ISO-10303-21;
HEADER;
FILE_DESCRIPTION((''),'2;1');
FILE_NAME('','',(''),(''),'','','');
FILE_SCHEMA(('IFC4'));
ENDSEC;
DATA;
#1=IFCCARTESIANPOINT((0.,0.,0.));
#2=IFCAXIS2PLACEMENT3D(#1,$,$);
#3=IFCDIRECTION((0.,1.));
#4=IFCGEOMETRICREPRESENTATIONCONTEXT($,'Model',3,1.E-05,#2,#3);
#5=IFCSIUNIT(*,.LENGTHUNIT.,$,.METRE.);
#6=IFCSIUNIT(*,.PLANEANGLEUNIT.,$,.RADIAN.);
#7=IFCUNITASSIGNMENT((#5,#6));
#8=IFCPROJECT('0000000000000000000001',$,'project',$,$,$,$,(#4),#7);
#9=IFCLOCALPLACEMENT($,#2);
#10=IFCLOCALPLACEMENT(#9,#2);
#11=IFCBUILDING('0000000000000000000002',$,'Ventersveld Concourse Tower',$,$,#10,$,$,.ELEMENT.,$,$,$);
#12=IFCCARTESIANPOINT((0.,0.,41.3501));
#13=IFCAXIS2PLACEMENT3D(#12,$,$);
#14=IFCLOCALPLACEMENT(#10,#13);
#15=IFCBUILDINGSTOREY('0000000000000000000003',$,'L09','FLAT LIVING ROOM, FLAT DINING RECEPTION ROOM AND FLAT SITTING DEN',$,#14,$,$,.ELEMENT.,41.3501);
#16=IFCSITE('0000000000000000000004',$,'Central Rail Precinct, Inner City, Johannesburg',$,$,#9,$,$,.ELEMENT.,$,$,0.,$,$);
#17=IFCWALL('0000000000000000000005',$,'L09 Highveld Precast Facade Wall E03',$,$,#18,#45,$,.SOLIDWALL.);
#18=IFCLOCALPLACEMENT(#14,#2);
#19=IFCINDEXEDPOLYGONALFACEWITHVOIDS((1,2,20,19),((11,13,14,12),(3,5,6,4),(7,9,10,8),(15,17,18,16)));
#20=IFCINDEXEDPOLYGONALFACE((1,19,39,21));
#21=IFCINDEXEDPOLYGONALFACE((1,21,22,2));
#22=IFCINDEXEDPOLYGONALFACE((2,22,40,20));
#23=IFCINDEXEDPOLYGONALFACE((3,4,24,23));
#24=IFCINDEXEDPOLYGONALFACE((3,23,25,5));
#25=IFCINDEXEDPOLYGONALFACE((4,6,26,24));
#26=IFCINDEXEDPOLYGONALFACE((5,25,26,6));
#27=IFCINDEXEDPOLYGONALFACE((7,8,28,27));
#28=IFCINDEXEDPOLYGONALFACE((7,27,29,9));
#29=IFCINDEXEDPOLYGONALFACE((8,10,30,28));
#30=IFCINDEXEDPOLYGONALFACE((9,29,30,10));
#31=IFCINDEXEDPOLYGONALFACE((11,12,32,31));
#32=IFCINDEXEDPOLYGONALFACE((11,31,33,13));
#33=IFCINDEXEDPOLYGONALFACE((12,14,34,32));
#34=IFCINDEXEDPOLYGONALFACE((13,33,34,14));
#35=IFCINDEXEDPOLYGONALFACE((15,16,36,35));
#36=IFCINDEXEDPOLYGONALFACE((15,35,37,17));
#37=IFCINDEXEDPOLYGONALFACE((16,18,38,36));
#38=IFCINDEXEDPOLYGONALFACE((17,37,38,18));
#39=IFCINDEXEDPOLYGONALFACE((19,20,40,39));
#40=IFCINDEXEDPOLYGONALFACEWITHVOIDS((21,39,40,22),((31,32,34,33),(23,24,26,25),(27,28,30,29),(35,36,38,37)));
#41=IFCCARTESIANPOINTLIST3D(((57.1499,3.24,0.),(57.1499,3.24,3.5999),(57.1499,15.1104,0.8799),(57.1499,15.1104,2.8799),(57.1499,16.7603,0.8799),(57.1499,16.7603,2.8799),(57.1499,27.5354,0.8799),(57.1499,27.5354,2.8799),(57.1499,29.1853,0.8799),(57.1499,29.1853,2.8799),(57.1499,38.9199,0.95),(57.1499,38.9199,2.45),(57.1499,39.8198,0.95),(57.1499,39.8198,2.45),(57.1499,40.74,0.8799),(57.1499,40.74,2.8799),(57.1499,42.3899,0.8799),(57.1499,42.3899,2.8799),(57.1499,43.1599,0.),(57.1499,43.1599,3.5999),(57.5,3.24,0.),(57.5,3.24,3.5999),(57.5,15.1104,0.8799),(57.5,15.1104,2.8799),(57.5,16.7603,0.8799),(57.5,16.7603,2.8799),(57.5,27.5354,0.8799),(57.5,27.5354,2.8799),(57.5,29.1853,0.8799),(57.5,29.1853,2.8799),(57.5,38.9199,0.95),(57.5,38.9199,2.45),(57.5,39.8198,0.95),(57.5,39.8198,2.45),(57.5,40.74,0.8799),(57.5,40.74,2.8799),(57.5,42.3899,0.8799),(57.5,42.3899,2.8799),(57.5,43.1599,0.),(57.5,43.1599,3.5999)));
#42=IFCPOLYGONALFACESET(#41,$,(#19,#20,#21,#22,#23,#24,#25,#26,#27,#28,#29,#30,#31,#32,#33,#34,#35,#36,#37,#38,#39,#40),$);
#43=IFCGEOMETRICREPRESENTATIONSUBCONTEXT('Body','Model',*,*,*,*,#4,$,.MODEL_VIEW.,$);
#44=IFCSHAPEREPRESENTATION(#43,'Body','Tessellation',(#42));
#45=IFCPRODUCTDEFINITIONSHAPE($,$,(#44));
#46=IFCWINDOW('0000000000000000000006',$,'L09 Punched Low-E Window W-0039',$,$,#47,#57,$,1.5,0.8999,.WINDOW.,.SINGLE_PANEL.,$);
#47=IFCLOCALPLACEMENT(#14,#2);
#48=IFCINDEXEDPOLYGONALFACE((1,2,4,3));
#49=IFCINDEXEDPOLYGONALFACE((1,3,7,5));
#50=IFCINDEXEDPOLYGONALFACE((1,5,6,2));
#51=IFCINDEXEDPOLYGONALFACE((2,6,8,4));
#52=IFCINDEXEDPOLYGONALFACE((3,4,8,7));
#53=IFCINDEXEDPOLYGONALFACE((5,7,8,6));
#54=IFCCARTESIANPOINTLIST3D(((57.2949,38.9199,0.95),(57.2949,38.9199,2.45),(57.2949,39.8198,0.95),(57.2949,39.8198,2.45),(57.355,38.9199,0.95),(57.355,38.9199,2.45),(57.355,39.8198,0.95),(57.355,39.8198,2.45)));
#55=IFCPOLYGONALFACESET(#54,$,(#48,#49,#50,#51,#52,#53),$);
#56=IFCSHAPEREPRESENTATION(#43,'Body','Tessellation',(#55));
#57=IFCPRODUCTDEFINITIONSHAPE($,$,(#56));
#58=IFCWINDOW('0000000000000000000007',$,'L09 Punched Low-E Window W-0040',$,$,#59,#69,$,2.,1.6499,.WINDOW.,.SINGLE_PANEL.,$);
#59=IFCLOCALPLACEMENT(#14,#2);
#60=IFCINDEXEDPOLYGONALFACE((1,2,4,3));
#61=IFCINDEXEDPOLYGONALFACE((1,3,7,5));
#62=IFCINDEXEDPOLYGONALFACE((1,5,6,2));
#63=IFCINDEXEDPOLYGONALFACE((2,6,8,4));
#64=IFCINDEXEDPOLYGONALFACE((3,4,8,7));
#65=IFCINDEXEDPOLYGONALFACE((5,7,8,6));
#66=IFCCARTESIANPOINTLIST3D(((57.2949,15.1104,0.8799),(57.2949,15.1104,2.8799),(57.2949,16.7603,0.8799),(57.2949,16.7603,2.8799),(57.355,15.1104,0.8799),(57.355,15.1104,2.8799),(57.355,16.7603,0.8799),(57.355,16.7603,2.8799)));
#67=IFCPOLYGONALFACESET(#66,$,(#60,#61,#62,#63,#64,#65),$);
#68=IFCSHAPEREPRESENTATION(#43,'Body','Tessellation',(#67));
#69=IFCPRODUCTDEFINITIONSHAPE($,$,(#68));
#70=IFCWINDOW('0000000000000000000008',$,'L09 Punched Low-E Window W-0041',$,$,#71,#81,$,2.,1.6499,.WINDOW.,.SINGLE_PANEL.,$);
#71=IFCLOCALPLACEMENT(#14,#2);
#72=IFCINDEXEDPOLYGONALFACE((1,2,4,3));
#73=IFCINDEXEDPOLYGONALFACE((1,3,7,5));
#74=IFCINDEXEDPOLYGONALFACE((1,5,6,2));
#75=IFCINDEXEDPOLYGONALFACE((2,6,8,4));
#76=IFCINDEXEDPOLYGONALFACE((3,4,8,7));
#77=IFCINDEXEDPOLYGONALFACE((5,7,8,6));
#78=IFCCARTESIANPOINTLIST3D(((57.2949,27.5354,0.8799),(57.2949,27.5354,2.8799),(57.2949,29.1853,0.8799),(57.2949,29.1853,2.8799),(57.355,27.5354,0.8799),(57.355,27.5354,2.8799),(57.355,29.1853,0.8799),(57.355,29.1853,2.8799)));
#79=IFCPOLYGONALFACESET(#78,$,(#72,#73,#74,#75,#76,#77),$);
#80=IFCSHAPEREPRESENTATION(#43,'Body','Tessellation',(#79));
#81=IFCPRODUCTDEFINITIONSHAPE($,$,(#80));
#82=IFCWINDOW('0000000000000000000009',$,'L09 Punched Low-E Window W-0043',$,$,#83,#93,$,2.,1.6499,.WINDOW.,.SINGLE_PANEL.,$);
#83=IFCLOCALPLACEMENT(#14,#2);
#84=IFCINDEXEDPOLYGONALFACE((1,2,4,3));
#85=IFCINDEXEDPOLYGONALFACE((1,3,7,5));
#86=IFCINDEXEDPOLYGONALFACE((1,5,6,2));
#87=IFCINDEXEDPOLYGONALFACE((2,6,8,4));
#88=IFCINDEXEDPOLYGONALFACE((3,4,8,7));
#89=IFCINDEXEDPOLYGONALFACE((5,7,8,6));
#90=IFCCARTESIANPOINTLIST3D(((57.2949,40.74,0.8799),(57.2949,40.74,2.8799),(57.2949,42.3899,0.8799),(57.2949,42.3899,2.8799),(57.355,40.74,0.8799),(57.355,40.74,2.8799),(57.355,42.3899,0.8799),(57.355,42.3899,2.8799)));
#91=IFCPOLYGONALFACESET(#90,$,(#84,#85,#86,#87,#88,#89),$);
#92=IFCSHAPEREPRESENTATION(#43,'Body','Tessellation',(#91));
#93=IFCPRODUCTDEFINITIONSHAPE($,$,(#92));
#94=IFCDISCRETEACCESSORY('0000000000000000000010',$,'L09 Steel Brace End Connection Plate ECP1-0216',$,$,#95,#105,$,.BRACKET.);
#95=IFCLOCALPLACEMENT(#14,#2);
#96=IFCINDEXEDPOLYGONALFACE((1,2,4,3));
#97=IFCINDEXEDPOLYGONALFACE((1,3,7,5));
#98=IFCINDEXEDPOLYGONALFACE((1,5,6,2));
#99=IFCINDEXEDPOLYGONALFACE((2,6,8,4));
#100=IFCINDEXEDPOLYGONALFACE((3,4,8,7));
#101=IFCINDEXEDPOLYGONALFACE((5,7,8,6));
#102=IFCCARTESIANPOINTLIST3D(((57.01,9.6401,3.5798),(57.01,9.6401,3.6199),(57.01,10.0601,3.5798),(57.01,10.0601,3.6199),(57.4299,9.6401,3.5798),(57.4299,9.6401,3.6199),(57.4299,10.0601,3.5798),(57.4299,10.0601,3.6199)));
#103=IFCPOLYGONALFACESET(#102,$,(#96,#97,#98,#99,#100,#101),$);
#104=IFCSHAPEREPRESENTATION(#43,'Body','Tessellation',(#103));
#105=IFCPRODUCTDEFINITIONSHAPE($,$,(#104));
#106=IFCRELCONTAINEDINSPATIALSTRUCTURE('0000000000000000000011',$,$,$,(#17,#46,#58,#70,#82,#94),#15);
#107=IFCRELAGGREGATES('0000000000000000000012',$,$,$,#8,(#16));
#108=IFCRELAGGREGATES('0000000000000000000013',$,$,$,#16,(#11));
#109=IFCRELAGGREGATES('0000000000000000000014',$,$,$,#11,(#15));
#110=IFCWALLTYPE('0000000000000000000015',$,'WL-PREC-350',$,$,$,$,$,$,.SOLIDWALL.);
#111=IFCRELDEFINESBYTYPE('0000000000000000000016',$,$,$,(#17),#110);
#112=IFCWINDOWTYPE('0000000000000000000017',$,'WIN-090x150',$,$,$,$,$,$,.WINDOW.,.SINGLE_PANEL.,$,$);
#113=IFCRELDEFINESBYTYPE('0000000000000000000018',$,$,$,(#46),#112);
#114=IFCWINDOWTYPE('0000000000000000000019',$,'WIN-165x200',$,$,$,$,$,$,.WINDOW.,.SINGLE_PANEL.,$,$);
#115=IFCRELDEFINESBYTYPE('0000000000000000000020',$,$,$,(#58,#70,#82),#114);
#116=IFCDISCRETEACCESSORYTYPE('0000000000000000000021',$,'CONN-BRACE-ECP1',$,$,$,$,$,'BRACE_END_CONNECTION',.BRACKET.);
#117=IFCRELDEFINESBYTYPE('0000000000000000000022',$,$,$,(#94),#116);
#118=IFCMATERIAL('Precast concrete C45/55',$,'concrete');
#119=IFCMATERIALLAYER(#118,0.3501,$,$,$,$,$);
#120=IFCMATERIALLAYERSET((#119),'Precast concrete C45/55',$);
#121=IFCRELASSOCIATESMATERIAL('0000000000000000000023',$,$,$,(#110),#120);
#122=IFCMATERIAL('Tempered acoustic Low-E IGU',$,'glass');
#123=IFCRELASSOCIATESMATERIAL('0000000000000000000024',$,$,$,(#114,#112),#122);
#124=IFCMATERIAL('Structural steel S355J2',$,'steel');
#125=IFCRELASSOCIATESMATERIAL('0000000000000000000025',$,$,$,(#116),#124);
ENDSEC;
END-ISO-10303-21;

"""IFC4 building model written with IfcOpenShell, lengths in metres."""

from ifc_helpers import new_model, si_unit, direction, frame, frame_2d, origin, origin_2d, place, context, subcontext, project, spatial, rectangle, extrude, material, layer, layer_set, type_object, element, fill, save


model = new_model("IFC4")

# Units and contexts
model_context = context("Model", 3, precision=1e-05, world=origin(), true_north=direction((0.0, 1.0)))
body_context = subcontext(model_context, "Body", "Model", "MODEL_VIEW")
ifc_project = project(units=[si_unit("LENGTHUNIT", "METRE"), si_unit("PLANEANGLEUNIT", "RADIAN")], contexts=[model_context])

# Site, building, storey
site_placement = place(None, origin())
site = spatial("IfcSite", under=ifc_project, at=site_placement, Name="Central Rail Precinct, Inner City, Johannesburg", CompositionType="ELEMENT", RefElevation=0.0)
building_placement = place(site_placement, origin())
building = spatial("IfcBuilding", under=site, at=building_placement, Name="Ventersveld Concourse Tower", CompositionType="ELEMENT")
storey_placement = place(building_placement, frame((0.0, 0.0, 41.3501)))
storey = spatial("IfcBuildingStorey", under=building, at=storey_placement, Name="L09", Description="FLAT LIVING ROOM, FLAT DINING RECEPTION ROOM AND FLAT SITTING DEN", CompositionType="ELEMENT", Elevation=41.3501)

# Shared definitions
ifc_material_1 = material(Name="Structural steel S355J2", Category="steel")

# Shared definitions
ifc_material_2 = material(Name="Precast concrete C45/55", Category="concrete")
ifc_layer = layer(ifc_material_2, 0.3501)
ifc_layer_set = layer_set([ifc_layer], Name="Precast concrete C45/55")
wall_type = type_object("IfcWallType", Name="WL-PREC-350", PredefinedType="SOLIDWALL", material=ifc_layer_set)
ifc_material_3 = material(Name="Tempered acoustic Low-E IGU", Category="glass")
window_type_1 = type_object("IfcWindowType", Name="WIN-165x200", PartitioningType="SINGLE_PANEL", PredefinedType="WINDOW", material=ifc_material_3)

# Wall, openings, windows
wall_1_placement = place(storey_placement, frame((57.325, 3.24, 0.0), z_axis=(0.0, 0.0, 1.0), x_axis=(0.0, 1.0, 0.0)))
wall_1 = element("IfcWall", 1, at=wall_1_placement, inside=storey, type_object=wall_type, Name="L09 Highveld Precast Facade Wall E03", PredefinedType="SOLIDWALL", context=body_context, shape_type="SweptSolid", body=[
    extrude(rectangle(XDim=39.9199, YDim=0.3501, at=frame_2d((19.96, 0.0))), origin(), (0.0, 0.0, 1.0), 3.5999),
])
opening_1_placement = place(wall_1_placement, frame((35.6799, 0.0, 0.95)))
opening_1 = element("IfcOpeningElement", 2, at=opening_1_placement, cuts=wall_1, PredefinedType="OPENING", context=body_context, shape_type="SweptSolid", body=[
    extrude(rectangle(XDim=0.8999, YDim=1.5, at=frame_2d((0.45, 0.75))), frame((0.0, 0.1851, 0.0), z_axis=(0.0, -1.0, 0.0), x_axis=(1.0, 0.0, 0.0)), (0.0, 0.0, 1.0), 0.3701),
])
opening_2_placement = place(wall_1_placement, frame((11.8704, 0.0, 0.8799)))
opening_2 = element("IfcOpeningElement", 3, at=opening_2_placement, cuts=wall_1, PredefinedType="OPENING", context=body_context, shape_type="SweptSolid", body=[
    extrude(rectangle(XDim=1.6499, YDim=2.0, at=frame_2d((0.825, 1.0))), frame((0.0, 0.1851, 0.0), z_axis=(0.0, -1.0, 0.0), x_axis=(1.0, 0.0, 0.0)), (0.0, 0.0, 1.0), 0.3701),
])
opening_3_placement = place(wall_1_placement, frame((24.2954, 0.0, 0.8799)))
opening_3 = element("IfcOpeningElement", 4, at=opening_3_placement, cuts=wall_1, PredefinedType="OPENING", context=body_context, shape_type="SweptSolid", body=[
    extrude(rectangle(XDim=1.6499, YDim=2.0, at=frame_2d((0.825, 1.0))), frame((0.0, 0.1851, 0.0), z_axis=(0.0, -1.0, 0.0), x_axis=(1.0, 0.0, 0.0)), (0.0, 0.0, 1.0), 0.3701),
])
opening_4_placement = place(wall_1_placement, frame((37.5, 0.0, 0.8799)))
opening_4 = element("IfcOpeningElement", 5, at=opening_4_placement, cuts=wall_1, PredefinedType="OPENING", context=body_context, shape_type="SweptSolid", body=[
    extrude(rectangle(XDim=1.6499, YDim=2.0, at=frame_2d((0.825, 1.0))), frame((0.0, 0.1851, 0.0), z_axis=(0.0, -1.0, 0.0), x_axis=(1.0, 0.0, 0.0)), (0.0, 0.0, 1.0), 0.3701),
])
window_type_2 = type_object("IfcWindowType", Name="WIN-090x150", PartitioningType="SINGLE_PANEL", PredefinedType="WINDOW", material=ifc_material_3)
window_1_placement = place(opening_1_placement, origin())
window_1 = element("IfcWindow", 6, at=window_1_placement, inside=storey, type_object=window_type_2, Name="L09 Punched Low-E Window W-0039", OverallHeight=1.5, OverallWidth=0.8999, PartitioningType="SINGLE_PANEL", PredefinedType="WINDOW", context=body_context, shape_type="SweptSolid", body=[
    extrude(rectangle(XDim=0.8999, YDim=1.5, at=frame_2d((0.45, 0.75))), frame((0.0, 0.03, 0.0), z_axis=(0.0, -1.0, 0.0), x_axis=(1.0, 0.0, 0.0)), (0.0, 0.0, 1.0), 0.0601),
])
fill(opening_1, window_1)
window_2_placement = place(opening_2_placement, origin())
window_2 = element("IfcWindow", 7, at=window_2_placement, inside=storey, type_object=window_type_1, Name="L09 Punched Low-E Window W-0040", OverallHeight=2.0, OverallWidth=1.6499, PartitioningType="SINGLE_PANEL", PredefinedType="WINDOW", context=body_context, shape_type="SweptSolid", body=[
    extrude(rectangle(XDim=1.6499, YDim=2.0, at=frame_2d((0.825, 1.0))), frame((0.0, 0.03, 0.0), z_axis=(0.0, -1.0, 0.0), x_axis=(1.0, 0.0, 0.0)), (0.0, 0.0, 1.0), 0.0601),
])
fill(opening_2, window_2)
window_3_placement = place(opening_3_placement, origin())
window_3 = element("IfcWindow", 8, at=window_3_placement, inside=storey, type_object=window_type_1, Name="L09 Punched Low-E Window W-0041", OverallHeight=2.0, OverallWidth=1.6499, PartitioningType="SINGLE_PANEL", PredefinedType="WINDOW", context=body_context, shape_type="SweptSolid", body=[
    extrude(rectangle(XDim=1.6499, YDim=2.0, at=frame_2d((0.825, 1.0))), frame((0.0, 0.03, 0.0), z_axis=(0.0, -1.0, 0.0), x_axis=(1.0, 0.0, 0.0)), (0.0, 0.0, 1.0), 0.0601),
])
fill(opening_3, window_3)
window_4_placement = place(opening_4_placement, origin())
window_4 = element("IfcWindow", 9, at=window_4_placement, inside=storey, type_object=window_type_1, Name="L09 Punched Low-E Window W-0043", OverallHeight=2.0, OverallWidth=1.6499, PartitioningType="SINGLE_PANEL", PredefinedType="WINDOW", context=body_context, shape_type="SweptSolid", body=[
    extrude(rectangle(XDim=1.6499, YDim=2.0, at=frame_2d((0.825, 1.0))), frame((0.0, 0.03, 0.0), z_axis=(0.0, -1.0, 0.0), x_axis=(1.0, 0.0, 0.0)), (0.0, 0.0, 1.0), 0.0601),
])
fill(opening_4, window_4)

# Discrete accessory
discrete_accessory_type = type_object("IfcDiscreteAccessoryType", Name="CONN-BRACE-ECP1", ElementType="BRACE_END_CONNECTION", PredefinedType="BRACKET", material=ifc_material_1)
discrete_accessory_placement = place(storey_placement, frame((57.22, 9.8501, 3.5798), z_axis=(0.0, 0.0, 1.0), x_axis=(1.0, 0.0, 0.0)))
element("IfcDiscreteAccessory", 10, at=discrete_accessory_placement, inside=storey, type_object=discrete_accessory_type, Name="L09 Steel Brace End Connection Plate ECP1-0216", PredefinedType="BRACKET", context=body_context, shape_type="SweptSolid", body=[
    extrude(rectangle(XDim=0.4199, YDim=0.4199, at=origin_2d()), origin(), (0.0, 0.0, 1.0), 0.04),
])

save(model, "model.ifc")
